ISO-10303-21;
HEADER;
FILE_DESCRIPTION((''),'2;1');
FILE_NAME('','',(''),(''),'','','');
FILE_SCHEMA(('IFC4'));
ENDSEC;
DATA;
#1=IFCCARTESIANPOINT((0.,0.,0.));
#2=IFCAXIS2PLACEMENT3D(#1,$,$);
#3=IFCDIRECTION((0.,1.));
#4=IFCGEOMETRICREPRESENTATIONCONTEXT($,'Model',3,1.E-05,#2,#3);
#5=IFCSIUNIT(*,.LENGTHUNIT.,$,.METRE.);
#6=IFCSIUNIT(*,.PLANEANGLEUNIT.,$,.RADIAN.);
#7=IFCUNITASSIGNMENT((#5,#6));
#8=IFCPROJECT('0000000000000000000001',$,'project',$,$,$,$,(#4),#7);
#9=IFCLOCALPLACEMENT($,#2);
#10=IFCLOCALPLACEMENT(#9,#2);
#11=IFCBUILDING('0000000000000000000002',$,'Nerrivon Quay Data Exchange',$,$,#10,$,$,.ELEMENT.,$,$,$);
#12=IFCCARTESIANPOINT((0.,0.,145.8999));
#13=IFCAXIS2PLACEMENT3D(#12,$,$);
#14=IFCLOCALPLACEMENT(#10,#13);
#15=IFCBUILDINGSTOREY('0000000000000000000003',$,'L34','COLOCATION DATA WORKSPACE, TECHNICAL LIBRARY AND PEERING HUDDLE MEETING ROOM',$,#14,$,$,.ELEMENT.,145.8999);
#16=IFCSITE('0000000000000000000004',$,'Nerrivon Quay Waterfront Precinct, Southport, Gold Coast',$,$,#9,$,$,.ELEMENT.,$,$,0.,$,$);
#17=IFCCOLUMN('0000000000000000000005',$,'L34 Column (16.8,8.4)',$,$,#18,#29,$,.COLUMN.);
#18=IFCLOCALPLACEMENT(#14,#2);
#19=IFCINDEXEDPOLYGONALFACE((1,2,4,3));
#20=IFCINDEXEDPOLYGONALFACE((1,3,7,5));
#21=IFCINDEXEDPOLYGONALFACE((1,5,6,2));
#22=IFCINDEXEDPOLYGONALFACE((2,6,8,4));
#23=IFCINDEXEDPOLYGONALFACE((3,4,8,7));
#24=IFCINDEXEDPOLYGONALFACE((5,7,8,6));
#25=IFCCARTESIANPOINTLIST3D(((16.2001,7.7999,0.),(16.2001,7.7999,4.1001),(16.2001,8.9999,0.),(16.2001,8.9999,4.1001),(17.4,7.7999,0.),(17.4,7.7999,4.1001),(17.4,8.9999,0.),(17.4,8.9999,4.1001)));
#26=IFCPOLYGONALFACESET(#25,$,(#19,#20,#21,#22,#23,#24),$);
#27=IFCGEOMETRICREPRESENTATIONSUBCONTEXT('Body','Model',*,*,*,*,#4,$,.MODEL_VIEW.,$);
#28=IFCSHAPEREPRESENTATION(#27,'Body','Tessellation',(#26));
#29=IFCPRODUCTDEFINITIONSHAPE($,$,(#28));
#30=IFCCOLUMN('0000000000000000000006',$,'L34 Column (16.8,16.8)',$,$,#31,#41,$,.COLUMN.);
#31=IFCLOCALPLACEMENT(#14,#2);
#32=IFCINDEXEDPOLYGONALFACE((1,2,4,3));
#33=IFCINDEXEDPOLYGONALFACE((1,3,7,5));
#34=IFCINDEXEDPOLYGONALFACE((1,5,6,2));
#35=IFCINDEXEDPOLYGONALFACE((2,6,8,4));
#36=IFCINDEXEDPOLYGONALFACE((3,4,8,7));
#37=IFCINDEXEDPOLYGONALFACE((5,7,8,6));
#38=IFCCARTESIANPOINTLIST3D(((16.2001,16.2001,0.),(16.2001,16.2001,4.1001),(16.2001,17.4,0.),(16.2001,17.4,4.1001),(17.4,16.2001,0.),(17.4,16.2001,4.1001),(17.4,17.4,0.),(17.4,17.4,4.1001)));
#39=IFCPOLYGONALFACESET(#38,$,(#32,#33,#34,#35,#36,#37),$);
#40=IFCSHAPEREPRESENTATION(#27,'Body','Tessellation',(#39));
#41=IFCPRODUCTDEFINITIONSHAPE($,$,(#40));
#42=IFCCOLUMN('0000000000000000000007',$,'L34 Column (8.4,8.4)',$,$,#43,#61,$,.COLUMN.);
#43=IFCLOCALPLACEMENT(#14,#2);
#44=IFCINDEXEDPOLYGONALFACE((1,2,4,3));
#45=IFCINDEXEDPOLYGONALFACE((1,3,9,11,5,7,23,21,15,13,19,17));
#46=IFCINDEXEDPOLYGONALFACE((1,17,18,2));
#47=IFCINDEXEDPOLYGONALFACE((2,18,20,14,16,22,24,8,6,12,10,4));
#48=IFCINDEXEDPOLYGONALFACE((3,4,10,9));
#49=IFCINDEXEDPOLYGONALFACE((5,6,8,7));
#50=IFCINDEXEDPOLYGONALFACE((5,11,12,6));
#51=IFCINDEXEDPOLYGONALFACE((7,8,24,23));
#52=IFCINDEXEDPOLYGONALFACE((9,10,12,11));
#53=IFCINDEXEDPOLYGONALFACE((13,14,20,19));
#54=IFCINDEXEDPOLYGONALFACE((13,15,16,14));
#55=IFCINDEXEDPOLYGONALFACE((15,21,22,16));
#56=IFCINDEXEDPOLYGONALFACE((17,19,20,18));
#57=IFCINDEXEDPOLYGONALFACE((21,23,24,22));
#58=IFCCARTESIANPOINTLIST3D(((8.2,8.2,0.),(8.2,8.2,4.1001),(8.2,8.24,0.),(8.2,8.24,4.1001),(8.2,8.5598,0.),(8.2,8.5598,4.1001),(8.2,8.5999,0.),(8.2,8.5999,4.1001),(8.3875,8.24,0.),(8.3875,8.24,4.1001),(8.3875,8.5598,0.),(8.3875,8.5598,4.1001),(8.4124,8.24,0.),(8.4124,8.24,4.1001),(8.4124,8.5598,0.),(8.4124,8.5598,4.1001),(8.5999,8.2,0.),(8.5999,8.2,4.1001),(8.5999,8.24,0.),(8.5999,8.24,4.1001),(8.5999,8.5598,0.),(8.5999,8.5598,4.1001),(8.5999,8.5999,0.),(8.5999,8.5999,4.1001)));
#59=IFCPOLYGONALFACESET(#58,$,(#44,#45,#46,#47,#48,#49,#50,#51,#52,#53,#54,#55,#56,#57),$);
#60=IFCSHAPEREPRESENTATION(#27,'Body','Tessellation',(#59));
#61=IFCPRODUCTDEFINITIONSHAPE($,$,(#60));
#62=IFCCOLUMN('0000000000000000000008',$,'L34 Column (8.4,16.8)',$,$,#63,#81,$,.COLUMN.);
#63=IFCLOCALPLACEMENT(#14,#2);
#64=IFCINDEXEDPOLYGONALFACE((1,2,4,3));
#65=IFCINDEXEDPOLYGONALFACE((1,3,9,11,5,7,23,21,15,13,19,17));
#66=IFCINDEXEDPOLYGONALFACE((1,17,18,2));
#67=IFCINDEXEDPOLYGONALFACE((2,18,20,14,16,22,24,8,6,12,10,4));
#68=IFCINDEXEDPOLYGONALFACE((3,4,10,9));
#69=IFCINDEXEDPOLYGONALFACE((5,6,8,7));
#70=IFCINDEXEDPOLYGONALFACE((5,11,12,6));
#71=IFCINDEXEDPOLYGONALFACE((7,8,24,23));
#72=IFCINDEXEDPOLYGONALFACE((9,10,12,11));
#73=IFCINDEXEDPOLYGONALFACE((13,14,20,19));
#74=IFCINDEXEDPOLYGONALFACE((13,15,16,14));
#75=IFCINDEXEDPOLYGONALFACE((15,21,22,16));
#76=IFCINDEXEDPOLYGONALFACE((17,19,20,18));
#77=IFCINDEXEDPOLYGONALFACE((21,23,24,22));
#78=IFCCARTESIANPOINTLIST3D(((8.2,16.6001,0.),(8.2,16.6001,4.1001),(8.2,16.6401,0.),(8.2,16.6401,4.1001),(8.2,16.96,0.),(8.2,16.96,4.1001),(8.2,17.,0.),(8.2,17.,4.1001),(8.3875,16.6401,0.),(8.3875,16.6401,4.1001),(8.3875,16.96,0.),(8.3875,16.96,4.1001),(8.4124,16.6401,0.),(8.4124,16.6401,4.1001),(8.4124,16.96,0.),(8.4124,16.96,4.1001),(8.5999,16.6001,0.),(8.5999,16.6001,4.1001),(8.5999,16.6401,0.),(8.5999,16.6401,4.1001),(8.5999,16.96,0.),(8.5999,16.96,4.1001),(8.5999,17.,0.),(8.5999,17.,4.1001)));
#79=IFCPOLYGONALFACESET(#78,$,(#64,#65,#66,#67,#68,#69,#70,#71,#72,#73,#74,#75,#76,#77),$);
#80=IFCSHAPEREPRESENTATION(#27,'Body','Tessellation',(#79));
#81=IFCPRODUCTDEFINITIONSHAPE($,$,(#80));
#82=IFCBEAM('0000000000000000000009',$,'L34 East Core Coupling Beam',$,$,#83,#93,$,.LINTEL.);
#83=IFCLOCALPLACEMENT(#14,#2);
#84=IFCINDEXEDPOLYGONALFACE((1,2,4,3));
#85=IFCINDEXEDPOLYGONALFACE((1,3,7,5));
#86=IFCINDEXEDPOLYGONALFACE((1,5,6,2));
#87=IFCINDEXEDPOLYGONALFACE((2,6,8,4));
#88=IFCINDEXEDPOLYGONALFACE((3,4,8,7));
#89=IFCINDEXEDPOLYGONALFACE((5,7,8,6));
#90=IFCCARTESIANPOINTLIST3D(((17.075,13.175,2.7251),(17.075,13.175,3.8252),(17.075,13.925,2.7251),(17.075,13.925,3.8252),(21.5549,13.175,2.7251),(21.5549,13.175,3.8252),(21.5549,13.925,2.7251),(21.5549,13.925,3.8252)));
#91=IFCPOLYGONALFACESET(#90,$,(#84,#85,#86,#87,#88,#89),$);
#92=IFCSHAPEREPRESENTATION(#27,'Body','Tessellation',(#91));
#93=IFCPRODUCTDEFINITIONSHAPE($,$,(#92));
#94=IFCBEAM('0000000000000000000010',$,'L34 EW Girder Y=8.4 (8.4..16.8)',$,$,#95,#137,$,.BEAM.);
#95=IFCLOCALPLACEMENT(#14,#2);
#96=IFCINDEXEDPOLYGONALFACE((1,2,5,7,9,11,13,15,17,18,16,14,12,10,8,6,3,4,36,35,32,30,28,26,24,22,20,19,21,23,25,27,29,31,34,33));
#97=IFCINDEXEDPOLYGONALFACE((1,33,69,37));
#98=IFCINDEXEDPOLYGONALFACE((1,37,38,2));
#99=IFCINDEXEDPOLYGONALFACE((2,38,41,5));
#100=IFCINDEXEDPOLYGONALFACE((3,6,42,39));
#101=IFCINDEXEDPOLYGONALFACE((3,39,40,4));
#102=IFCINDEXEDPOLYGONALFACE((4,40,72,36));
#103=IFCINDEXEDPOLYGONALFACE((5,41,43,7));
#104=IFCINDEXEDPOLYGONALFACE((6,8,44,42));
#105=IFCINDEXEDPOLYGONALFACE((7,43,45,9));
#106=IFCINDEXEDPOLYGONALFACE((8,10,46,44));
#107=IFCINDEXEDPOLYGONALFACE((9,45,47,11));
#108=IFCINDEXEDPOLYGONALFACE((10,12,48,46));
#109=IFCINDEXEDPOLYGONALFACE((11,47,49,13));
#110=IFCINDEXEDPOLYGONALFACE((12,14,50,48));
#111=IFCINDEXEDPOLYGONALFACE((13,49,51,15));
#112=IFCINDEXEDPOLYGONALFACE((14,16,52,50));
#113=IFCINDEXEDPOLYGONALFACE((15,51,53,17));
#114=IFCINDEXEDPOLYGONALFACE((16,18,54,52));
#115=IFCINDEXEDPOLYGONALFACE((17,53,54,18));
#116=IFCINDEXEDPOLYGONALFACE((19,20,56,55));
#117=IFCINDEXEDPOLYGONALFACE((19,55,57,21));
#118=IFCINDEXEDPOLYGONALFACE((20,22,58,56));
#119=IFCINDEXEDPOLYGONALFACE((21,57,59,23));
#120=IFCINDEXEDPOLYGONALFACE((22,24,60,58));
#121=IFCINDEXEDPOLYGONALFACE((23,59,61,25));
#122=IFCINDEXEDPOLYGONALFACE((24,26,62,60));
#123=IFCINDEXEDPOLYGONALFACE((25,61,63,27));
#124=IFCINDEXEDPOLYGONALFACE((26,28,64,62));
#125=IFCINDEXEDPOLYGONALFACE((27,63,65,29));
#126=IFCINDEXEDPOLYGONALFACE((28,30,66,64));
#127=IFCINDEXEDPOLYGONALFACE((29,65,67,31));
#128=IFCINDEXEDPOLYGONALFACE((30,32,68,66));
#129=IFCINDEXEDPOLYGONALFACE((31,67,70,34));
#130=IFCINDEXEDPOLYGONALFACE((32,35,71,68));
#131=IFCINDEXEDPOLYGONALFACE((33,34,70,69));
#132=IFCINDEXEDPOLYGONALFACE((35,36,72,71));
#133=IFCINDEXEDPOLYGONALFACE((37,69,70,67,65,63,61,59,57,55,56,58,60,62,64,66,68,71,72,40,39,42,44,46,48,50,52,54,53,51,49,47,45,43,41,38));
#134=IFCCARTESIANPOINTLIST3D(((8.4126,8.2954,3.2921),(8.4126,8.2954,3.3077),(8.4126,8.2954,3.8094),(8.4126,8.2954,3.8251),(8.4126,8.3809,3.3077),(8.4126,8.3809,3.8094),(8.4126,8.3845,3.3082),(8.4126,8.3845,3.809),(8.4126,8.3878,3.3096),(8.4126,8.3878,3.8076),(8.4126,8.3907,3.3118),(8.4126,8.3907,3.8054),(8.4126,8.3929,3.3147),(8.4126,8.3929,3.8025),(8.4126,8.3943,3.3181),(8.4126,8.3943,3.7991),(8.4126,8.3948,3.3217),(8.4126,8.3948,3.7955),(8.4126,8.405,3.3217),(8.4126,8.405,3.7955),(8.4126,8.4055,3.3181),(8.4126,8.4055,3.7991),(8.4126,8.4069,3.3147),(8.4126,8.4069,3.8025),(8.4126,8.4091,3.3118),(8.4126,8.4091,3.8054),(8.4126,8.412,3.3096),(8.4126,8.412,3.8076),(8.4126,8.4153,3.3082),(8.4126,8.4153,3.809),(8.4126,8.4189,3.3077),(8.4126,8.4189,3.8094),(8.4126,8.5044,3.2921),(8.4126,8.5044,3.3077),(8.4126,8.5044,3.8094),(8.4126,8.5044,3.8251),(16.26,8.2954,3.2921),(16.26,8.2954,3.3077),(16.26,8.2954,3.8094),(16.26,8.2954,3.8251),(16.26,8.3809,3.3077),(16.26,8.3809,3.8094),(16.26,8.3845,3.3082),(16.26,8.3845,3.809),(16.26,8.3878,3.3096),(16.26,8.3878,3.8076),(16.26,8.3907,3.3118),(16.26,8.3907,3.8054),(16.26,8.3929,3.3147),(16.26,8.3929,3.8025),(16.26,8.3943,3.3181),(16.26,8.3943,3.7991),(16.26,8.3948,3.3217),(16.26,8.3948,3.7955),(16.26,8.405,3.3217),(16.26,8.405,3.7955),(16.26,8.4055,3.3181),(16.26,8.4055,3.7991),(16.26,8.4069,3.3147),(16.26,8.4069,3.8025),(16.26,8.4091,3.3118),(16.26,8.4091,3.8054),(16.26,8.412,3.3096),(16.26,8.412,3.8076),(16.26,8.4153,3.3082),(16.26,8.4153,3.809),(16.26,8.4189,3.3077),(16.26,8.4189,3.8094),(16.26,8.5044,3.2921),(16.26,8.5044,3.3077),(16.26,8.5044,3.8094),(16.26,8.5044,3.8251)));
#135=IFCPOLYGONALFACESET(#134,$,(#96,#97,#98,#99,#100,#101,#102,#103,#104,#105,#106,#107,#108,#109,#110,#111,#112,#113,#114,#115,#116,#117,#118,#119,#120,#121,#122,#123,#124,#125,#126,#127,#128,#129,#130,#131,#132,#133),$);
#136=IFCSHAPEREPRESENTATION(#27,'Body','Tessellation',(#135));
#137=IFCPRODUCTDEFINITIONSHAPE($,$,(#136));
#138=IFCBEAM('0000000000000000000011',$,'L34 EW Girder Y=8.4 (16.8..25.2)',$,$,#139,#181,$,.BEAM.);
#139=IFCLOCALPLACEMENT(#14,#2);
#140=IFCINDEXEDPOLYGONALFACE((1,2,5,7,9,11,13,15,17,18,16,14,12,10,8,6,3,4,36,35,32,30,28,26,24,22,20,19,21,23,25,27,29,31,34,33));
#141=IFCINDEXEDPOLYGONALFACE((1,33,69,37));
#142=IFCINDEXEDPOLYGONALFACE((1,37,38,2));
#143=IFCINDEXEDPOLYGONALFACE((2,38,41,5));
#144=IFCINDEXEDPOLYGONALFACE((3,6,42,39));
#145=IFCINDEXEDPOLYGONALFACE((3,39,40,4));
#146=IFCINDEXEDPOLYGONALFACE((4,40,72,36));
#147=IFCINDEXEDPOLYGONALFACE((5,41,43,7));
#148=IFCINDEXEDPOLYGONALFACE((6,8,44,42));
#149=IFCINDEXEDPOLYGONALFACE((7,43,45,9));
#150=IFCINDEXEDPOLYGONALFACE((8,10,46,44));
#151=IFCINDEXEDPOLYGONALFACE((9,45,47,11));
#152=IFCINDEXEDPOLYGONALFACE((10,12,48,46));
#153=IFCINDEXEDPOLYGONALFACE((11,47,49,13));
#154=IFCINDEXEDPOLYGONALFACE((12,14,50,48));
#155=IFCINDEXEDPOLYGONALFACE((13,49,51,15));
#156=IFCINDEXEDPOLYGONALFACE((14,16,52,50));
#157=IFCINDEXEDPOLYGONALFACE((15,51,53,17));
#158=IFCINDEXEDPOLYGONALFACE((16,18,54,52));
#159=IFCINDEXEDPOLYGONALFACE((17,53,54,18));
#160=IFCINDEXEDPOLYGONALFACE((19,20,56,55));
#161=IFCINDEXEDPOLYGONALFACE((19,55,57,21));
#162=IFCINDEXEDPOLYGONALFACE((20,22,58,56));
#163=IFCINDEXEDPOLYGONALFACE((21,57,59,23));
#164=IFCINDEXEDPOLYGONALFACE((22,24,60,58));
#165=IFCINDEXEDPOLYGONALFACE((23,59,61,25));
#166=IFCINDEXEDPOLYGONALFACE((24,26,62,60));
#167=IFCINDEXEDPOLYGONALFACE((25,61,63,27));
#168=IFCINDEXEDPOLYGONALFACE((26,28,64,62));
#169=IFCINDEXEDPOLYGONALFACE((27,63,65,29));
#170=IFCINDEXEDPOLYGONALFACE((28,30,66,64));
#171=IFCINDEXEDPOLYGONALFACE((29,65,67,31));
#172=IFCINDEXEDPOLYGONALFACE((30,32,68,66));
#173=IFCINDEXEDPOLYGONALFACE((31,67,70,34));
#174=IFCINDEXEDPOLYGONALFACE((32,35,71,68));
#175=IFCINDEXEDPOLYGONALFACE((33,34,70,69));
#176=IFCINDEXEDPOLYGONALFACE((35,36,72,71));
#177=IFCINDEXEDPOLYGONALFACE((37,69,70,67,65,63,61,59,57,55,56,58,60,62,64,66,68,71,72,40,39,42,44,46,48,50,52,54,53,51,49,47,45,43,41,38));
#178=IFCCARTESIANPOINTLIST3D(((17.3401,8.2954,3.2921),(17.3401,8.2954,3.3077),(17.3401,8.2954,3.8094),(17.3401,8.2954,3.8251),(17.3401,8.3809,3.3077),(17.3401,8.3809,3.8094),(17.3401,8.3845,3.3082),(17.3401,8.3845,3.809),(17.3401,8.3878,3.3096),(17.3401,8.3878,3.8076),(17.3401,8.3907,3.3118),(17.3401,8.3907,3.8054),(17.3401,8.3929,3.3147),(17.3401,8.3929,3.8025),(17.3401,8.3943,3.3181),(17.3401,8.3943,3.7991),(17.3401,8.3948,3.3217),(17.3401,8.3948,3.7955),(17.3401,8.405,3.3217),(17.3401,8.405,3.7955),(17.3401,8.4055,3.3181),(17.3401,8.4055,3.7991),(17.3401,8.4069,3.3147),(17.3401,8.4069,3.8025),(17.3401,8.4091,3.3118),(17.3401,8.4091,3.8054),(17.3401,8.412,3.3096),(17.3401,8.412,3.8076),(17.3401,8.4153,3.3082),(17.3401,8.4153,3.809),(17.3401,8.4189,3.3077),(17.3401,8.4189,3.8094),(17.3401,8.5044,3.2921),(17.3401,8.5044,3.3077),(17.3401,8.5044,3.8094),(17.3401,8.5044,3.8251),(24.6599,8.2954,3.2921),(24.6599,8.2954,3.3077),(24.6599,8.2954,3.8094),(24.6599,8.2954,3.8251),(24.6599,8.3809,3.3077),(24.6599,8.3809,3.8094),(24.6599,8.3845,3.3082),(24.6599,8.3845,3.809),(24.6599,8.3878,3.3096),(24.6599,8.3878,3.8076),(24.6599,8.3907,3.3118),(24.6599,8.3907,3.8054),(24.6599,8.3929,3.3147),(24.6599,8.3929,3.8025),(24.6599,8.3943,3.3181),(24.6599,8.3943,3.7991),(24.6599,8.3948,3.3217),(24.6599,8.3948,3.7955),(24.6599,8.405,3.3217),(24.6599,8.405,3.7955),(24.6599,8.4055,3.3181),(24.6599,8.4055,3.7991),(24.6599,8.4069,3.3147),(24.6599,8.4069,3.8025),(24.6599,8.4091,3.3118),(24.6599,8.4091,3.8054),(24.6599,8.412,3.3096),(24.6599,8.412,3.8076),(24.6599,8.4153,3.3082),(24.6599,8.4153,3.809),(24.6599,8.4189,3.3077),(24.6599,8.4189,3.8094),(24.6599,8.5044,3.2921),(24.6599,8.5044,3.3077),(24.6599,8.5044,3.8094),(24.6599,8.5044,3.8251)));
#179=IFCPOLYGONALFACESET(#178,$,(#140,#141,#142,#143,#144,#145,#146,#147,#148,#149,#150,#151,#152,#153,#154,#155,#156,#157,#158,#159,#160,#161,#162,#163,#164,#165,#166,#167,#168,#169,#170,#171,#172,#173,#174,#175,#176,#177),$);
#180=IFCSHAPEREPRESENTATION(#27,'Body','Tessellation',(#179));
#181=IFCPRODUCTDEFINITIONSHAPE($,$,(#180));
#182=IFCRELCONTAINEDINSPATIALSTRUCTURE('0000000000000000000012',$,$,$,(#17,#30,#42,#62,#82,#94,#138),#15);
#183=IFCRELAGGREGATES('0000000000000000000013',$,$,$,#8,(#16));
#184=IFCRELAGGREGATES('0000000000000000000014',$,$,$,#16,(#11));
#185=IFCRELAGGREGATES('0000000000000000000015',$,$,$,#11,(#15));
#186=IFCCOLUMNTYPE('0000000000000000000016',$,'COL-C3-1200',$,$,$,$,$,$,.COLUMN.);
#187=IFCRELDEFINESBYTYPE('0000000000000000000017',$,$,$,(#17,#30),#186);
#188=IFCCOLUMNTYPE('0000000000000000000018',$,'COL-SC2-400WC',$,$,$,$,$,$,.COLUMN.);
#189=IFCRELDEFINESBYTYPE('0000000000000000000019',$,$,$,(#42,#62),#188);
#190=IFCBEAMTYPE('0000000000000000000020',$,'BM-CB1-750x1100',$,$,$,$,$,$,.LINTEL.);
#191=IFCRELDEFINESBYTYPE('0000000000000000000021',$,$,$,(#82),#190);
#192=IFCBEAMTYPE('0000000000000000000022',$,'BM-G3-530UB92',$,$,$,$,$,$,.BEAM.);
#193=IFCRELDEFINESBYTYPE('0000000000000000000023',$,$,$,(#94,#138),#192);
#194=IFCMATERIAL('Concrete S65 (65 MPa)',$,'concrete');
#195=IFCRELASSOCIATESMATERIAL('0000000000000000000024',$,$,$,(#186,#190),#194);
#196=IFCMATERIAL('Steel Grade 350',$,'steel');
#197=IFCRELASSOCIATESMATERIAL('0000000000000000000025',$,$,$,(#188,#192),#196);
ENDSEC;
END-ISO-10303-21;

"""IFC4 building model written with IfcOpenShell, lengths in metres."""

from ifc_helpers import new_model, si_unit, direction, frame, origin, origin_2d, place, context, subcontext, project, spatial, rectangle, i_section, extrude, material, material_profile, profile_set, type_object, element, save


model = new_model("IFC4")

# Units and contexts
model_context = context("Model", 3, precision=1e-05, world=origin(), true_north=direction((0.0, 1.0)))
body_context = subcontext(model_context, "Body", "Model", "MODEL_VIEW")
ifc_project = project(units=[si_unit("LENGTHUNIT", "METRE"), si_unit("PLANEANGLEUNIT", "RADIAN")], contexts=[model_context])

# Site, building, storey
site_placement = place(None, origin())
site = spatial("IfcSite", under=ifc_project, at=site_placement, Name="Nerrivon Quay Waterfront Precinct, Southport, Gold Coast", CompositionType="ELEMENT", RefElevation=0.0)
building_placement = place(site_placement, origin())
building = spatial("IfcBuilding", under=site, at=building_placement, Name="Nerrivon Quay Data Exchange", CompositionType="ELEMENT")
storey_placement = place(building_placement, frame((0.0, 0.0, 145.8999)))
storey = spatial("IfcBuildingStorey", under=building, at=storey_placement, Name="L34", Description="COLOCATION DATA WORKSPACE, TECHNICAL LIBRARY AND PEERING HUDDLE MEETING ROOM", CompositionType="ELEMENT", Elevation=145.8999)

# Columns
ifc_material_1 = material(Name="Concrete S65 (65 MPa)", Category="concrete")
ifc_material_profile_1 = material_profile(ifc_material_1, rectangle(XDim=1.2, YDim=1.2, at=origin_2d()), Name="RC-COL-1200x1200")
ifc_profile_set_1 = profile_set([ifc_material_profile_1], Name="Concrete S65 (65 MPa)")
column_type_1 = type_object("IfcColumnType", Name="COL-C3-1200", PredefinedType="COLUMN", material=ifc_profile_set_1)
for number, where, z_axis, x_axis, name in (
    (1, (16.8, 8.3999, 0.0), (0.0, 0.0, 1.0), (1.0, 0.0, 0.0), "L34 Column (16.8,8.4)"),
    (2, (16.8, 16.8, 0.0), (0.0, 0.0, 1.0), (1.0, 0.0, 0.0), "L34 Column (16.8,16.8)"),
):
    element("IfcColumn", number, at=place(storey_placement, frame(where, z_axis=z_axis, x_axis=x_axis)), inside=storey, type_object=column_type_1, Name=name, PredefinedType="COLUMN", context=body_context, shape_type="SweptSolid", body=[
        extrude(rectangle(XDim=1.2, YDim=1.2, at=origin_2d()), origin(), (0.0, 0.0, 1.0), 4.1001),
    ])
ifc_material_2 = material(Name="Steel Grade 350", Category="steel")
ifc_material_profile_2 = material_profile(ifc_material_2, i_section(OverallWidth=0.3999, OverallDepth=0.3999, WebThickness=0.0249, FlangeThickness=0.04, at=origin_2d()), Name="400WC328")
ifc_profile_set_2 = profile_set([ifc_material_profile_2], Name="Steel Grade 350")
column_type_2 = type_object("IfcColumnType", Name="COL-SC2-400WC", PredefinedType="COLUMN", material=ifc_profile_set_2)
for number, where, z_axis, x_axis, name in (
    (3, (8.3999, 8.3999, 0.0), (0.0, 0.0, 1.0), (1.0, 0.0, 0.0), "L34 Column (8.4,8.4)"),
    (4, (8.3999, 16.8, 0.0), (0.0, 0.0, 1.0), (1.0, 0.0, 0.0), "L34 Column (8.4,16.8)"),
):
    element("IfcColumn", number, at=place(storey_placement, frame(where, z_axis=z_axis, x_axis=x_axis)), inside=storey, type_object=column_type_2, Name=name, PredefinedType="COLUMN", context=body_context, shape_type="SweptSolid", body=[
        extrude(i_section(OverallWidth=0.3999, OverallDepth=0.3999, WebThickness=0.0249, FlangeThickness=0.04, at=origin_2d()), origin(), (0.0, 0.0, 1.0), 4.1001),
    ])

# Beams
ifc_material_profile_3 = material_profile(ifc_material_1, rectangle(XDim=0.75, YDim=1.1001, at=origin_2d()), Name="RC-CB-750x1100")
ifc_profile_set_3 = profile_set([ifc_material_profile_3], Name="Concrete S65 (65 MPa)")
beam_type_1 = type_object("IfcBeamType", Name="BM-CB1-750x1100", PredefinedType="LINTEL", material=ifc_profile_set_3)
beam_1_placement = place(storey_placement, frame((17.075, 13.55, 3.2751), z_axis=(1.0, 0.0, 0.0), x_axis=(0.0, 1.0, 0.0)))
element("IfcBeam", 5, at=beam_1_placement, inside=storey, type_object=beam_type_1, Name="L34 East Core Coupling Beam", PredefinedType="LINTEL", context=body_context, shape_type="SweptSolid", body=[
    extrude(rectangle(XDim=0.75, YDim=1.1001, at=origin_2d()), origin(), (0.0, 0.0, 1.0), 4.48),
])
ifc_material_profile_4 = material_profile(ifc_material_2, i_section(OverallWidth=0.209, OverallDepth=0.533, WebThickness=0.0103, FlangeThickness=0.0156, FilletRadius=0.0139, at=origin_2d()), Name="530UB92.4")
ifc_profile_set_4 = profile_set([ifc_material_profile_4], Name="Steel Grade 350")
beam_type_2 = type_object("IfcBeamType", Name="BM-G3-530UB92", PredefinedType="BEAM", material=ifc_profile_set_4)
beam_2_placement = place(storey_placement, frame((8.4126, 8.3999, 3.5586), z_axis=(1.0, 0.0, 0.0), x_axis=(0.0, 1.0, 0.0)))
element("IfcBeam", 6, at=beam_2_placement, inside=storey, type_object=beam_type_2, Name="L34 EW Girder Y=8.4 (8.4..16.8)", PredefinedType="BEAM", context=body_context, shape_type="SweptSolid", body=[
    extrude(i_section(OverallWidth=0.209, OverallDepth=0.533, WebThickness=0.0103, FlangeThickness=0.0156, FilletRadius=0.0139, at=origin_2d()), origin(), (0.0, 0.0, 1.0), 7.8474),
])
beam_3_placement = place(storey_placement, frame((17.3401, 8.3999, 3.5586), z_axis=(1.0, 0.0, 0.0), x_axis=(0.0, 1.0, 0.0)))
element("IfcBeam", 7, at=beam_3_placement, inside=storey, type_object=beam_type_2, Name="L34 EW Girder Y=8.4 (16.8..25.2)", PredefinedType="BEAM", context=body_context, shape_type="SweptSolid", body=[
    extrude(i_section(OverallWidth=0.209, OverallDepth=0.533, WebThickness=0.0103, FlangeThickness=0.0156, FilletRadius=0.0139, at=origin_2d()), origin(), (0.0, 0.0, 1.0), 7.3198),
])

save(model, "model.ifc")
